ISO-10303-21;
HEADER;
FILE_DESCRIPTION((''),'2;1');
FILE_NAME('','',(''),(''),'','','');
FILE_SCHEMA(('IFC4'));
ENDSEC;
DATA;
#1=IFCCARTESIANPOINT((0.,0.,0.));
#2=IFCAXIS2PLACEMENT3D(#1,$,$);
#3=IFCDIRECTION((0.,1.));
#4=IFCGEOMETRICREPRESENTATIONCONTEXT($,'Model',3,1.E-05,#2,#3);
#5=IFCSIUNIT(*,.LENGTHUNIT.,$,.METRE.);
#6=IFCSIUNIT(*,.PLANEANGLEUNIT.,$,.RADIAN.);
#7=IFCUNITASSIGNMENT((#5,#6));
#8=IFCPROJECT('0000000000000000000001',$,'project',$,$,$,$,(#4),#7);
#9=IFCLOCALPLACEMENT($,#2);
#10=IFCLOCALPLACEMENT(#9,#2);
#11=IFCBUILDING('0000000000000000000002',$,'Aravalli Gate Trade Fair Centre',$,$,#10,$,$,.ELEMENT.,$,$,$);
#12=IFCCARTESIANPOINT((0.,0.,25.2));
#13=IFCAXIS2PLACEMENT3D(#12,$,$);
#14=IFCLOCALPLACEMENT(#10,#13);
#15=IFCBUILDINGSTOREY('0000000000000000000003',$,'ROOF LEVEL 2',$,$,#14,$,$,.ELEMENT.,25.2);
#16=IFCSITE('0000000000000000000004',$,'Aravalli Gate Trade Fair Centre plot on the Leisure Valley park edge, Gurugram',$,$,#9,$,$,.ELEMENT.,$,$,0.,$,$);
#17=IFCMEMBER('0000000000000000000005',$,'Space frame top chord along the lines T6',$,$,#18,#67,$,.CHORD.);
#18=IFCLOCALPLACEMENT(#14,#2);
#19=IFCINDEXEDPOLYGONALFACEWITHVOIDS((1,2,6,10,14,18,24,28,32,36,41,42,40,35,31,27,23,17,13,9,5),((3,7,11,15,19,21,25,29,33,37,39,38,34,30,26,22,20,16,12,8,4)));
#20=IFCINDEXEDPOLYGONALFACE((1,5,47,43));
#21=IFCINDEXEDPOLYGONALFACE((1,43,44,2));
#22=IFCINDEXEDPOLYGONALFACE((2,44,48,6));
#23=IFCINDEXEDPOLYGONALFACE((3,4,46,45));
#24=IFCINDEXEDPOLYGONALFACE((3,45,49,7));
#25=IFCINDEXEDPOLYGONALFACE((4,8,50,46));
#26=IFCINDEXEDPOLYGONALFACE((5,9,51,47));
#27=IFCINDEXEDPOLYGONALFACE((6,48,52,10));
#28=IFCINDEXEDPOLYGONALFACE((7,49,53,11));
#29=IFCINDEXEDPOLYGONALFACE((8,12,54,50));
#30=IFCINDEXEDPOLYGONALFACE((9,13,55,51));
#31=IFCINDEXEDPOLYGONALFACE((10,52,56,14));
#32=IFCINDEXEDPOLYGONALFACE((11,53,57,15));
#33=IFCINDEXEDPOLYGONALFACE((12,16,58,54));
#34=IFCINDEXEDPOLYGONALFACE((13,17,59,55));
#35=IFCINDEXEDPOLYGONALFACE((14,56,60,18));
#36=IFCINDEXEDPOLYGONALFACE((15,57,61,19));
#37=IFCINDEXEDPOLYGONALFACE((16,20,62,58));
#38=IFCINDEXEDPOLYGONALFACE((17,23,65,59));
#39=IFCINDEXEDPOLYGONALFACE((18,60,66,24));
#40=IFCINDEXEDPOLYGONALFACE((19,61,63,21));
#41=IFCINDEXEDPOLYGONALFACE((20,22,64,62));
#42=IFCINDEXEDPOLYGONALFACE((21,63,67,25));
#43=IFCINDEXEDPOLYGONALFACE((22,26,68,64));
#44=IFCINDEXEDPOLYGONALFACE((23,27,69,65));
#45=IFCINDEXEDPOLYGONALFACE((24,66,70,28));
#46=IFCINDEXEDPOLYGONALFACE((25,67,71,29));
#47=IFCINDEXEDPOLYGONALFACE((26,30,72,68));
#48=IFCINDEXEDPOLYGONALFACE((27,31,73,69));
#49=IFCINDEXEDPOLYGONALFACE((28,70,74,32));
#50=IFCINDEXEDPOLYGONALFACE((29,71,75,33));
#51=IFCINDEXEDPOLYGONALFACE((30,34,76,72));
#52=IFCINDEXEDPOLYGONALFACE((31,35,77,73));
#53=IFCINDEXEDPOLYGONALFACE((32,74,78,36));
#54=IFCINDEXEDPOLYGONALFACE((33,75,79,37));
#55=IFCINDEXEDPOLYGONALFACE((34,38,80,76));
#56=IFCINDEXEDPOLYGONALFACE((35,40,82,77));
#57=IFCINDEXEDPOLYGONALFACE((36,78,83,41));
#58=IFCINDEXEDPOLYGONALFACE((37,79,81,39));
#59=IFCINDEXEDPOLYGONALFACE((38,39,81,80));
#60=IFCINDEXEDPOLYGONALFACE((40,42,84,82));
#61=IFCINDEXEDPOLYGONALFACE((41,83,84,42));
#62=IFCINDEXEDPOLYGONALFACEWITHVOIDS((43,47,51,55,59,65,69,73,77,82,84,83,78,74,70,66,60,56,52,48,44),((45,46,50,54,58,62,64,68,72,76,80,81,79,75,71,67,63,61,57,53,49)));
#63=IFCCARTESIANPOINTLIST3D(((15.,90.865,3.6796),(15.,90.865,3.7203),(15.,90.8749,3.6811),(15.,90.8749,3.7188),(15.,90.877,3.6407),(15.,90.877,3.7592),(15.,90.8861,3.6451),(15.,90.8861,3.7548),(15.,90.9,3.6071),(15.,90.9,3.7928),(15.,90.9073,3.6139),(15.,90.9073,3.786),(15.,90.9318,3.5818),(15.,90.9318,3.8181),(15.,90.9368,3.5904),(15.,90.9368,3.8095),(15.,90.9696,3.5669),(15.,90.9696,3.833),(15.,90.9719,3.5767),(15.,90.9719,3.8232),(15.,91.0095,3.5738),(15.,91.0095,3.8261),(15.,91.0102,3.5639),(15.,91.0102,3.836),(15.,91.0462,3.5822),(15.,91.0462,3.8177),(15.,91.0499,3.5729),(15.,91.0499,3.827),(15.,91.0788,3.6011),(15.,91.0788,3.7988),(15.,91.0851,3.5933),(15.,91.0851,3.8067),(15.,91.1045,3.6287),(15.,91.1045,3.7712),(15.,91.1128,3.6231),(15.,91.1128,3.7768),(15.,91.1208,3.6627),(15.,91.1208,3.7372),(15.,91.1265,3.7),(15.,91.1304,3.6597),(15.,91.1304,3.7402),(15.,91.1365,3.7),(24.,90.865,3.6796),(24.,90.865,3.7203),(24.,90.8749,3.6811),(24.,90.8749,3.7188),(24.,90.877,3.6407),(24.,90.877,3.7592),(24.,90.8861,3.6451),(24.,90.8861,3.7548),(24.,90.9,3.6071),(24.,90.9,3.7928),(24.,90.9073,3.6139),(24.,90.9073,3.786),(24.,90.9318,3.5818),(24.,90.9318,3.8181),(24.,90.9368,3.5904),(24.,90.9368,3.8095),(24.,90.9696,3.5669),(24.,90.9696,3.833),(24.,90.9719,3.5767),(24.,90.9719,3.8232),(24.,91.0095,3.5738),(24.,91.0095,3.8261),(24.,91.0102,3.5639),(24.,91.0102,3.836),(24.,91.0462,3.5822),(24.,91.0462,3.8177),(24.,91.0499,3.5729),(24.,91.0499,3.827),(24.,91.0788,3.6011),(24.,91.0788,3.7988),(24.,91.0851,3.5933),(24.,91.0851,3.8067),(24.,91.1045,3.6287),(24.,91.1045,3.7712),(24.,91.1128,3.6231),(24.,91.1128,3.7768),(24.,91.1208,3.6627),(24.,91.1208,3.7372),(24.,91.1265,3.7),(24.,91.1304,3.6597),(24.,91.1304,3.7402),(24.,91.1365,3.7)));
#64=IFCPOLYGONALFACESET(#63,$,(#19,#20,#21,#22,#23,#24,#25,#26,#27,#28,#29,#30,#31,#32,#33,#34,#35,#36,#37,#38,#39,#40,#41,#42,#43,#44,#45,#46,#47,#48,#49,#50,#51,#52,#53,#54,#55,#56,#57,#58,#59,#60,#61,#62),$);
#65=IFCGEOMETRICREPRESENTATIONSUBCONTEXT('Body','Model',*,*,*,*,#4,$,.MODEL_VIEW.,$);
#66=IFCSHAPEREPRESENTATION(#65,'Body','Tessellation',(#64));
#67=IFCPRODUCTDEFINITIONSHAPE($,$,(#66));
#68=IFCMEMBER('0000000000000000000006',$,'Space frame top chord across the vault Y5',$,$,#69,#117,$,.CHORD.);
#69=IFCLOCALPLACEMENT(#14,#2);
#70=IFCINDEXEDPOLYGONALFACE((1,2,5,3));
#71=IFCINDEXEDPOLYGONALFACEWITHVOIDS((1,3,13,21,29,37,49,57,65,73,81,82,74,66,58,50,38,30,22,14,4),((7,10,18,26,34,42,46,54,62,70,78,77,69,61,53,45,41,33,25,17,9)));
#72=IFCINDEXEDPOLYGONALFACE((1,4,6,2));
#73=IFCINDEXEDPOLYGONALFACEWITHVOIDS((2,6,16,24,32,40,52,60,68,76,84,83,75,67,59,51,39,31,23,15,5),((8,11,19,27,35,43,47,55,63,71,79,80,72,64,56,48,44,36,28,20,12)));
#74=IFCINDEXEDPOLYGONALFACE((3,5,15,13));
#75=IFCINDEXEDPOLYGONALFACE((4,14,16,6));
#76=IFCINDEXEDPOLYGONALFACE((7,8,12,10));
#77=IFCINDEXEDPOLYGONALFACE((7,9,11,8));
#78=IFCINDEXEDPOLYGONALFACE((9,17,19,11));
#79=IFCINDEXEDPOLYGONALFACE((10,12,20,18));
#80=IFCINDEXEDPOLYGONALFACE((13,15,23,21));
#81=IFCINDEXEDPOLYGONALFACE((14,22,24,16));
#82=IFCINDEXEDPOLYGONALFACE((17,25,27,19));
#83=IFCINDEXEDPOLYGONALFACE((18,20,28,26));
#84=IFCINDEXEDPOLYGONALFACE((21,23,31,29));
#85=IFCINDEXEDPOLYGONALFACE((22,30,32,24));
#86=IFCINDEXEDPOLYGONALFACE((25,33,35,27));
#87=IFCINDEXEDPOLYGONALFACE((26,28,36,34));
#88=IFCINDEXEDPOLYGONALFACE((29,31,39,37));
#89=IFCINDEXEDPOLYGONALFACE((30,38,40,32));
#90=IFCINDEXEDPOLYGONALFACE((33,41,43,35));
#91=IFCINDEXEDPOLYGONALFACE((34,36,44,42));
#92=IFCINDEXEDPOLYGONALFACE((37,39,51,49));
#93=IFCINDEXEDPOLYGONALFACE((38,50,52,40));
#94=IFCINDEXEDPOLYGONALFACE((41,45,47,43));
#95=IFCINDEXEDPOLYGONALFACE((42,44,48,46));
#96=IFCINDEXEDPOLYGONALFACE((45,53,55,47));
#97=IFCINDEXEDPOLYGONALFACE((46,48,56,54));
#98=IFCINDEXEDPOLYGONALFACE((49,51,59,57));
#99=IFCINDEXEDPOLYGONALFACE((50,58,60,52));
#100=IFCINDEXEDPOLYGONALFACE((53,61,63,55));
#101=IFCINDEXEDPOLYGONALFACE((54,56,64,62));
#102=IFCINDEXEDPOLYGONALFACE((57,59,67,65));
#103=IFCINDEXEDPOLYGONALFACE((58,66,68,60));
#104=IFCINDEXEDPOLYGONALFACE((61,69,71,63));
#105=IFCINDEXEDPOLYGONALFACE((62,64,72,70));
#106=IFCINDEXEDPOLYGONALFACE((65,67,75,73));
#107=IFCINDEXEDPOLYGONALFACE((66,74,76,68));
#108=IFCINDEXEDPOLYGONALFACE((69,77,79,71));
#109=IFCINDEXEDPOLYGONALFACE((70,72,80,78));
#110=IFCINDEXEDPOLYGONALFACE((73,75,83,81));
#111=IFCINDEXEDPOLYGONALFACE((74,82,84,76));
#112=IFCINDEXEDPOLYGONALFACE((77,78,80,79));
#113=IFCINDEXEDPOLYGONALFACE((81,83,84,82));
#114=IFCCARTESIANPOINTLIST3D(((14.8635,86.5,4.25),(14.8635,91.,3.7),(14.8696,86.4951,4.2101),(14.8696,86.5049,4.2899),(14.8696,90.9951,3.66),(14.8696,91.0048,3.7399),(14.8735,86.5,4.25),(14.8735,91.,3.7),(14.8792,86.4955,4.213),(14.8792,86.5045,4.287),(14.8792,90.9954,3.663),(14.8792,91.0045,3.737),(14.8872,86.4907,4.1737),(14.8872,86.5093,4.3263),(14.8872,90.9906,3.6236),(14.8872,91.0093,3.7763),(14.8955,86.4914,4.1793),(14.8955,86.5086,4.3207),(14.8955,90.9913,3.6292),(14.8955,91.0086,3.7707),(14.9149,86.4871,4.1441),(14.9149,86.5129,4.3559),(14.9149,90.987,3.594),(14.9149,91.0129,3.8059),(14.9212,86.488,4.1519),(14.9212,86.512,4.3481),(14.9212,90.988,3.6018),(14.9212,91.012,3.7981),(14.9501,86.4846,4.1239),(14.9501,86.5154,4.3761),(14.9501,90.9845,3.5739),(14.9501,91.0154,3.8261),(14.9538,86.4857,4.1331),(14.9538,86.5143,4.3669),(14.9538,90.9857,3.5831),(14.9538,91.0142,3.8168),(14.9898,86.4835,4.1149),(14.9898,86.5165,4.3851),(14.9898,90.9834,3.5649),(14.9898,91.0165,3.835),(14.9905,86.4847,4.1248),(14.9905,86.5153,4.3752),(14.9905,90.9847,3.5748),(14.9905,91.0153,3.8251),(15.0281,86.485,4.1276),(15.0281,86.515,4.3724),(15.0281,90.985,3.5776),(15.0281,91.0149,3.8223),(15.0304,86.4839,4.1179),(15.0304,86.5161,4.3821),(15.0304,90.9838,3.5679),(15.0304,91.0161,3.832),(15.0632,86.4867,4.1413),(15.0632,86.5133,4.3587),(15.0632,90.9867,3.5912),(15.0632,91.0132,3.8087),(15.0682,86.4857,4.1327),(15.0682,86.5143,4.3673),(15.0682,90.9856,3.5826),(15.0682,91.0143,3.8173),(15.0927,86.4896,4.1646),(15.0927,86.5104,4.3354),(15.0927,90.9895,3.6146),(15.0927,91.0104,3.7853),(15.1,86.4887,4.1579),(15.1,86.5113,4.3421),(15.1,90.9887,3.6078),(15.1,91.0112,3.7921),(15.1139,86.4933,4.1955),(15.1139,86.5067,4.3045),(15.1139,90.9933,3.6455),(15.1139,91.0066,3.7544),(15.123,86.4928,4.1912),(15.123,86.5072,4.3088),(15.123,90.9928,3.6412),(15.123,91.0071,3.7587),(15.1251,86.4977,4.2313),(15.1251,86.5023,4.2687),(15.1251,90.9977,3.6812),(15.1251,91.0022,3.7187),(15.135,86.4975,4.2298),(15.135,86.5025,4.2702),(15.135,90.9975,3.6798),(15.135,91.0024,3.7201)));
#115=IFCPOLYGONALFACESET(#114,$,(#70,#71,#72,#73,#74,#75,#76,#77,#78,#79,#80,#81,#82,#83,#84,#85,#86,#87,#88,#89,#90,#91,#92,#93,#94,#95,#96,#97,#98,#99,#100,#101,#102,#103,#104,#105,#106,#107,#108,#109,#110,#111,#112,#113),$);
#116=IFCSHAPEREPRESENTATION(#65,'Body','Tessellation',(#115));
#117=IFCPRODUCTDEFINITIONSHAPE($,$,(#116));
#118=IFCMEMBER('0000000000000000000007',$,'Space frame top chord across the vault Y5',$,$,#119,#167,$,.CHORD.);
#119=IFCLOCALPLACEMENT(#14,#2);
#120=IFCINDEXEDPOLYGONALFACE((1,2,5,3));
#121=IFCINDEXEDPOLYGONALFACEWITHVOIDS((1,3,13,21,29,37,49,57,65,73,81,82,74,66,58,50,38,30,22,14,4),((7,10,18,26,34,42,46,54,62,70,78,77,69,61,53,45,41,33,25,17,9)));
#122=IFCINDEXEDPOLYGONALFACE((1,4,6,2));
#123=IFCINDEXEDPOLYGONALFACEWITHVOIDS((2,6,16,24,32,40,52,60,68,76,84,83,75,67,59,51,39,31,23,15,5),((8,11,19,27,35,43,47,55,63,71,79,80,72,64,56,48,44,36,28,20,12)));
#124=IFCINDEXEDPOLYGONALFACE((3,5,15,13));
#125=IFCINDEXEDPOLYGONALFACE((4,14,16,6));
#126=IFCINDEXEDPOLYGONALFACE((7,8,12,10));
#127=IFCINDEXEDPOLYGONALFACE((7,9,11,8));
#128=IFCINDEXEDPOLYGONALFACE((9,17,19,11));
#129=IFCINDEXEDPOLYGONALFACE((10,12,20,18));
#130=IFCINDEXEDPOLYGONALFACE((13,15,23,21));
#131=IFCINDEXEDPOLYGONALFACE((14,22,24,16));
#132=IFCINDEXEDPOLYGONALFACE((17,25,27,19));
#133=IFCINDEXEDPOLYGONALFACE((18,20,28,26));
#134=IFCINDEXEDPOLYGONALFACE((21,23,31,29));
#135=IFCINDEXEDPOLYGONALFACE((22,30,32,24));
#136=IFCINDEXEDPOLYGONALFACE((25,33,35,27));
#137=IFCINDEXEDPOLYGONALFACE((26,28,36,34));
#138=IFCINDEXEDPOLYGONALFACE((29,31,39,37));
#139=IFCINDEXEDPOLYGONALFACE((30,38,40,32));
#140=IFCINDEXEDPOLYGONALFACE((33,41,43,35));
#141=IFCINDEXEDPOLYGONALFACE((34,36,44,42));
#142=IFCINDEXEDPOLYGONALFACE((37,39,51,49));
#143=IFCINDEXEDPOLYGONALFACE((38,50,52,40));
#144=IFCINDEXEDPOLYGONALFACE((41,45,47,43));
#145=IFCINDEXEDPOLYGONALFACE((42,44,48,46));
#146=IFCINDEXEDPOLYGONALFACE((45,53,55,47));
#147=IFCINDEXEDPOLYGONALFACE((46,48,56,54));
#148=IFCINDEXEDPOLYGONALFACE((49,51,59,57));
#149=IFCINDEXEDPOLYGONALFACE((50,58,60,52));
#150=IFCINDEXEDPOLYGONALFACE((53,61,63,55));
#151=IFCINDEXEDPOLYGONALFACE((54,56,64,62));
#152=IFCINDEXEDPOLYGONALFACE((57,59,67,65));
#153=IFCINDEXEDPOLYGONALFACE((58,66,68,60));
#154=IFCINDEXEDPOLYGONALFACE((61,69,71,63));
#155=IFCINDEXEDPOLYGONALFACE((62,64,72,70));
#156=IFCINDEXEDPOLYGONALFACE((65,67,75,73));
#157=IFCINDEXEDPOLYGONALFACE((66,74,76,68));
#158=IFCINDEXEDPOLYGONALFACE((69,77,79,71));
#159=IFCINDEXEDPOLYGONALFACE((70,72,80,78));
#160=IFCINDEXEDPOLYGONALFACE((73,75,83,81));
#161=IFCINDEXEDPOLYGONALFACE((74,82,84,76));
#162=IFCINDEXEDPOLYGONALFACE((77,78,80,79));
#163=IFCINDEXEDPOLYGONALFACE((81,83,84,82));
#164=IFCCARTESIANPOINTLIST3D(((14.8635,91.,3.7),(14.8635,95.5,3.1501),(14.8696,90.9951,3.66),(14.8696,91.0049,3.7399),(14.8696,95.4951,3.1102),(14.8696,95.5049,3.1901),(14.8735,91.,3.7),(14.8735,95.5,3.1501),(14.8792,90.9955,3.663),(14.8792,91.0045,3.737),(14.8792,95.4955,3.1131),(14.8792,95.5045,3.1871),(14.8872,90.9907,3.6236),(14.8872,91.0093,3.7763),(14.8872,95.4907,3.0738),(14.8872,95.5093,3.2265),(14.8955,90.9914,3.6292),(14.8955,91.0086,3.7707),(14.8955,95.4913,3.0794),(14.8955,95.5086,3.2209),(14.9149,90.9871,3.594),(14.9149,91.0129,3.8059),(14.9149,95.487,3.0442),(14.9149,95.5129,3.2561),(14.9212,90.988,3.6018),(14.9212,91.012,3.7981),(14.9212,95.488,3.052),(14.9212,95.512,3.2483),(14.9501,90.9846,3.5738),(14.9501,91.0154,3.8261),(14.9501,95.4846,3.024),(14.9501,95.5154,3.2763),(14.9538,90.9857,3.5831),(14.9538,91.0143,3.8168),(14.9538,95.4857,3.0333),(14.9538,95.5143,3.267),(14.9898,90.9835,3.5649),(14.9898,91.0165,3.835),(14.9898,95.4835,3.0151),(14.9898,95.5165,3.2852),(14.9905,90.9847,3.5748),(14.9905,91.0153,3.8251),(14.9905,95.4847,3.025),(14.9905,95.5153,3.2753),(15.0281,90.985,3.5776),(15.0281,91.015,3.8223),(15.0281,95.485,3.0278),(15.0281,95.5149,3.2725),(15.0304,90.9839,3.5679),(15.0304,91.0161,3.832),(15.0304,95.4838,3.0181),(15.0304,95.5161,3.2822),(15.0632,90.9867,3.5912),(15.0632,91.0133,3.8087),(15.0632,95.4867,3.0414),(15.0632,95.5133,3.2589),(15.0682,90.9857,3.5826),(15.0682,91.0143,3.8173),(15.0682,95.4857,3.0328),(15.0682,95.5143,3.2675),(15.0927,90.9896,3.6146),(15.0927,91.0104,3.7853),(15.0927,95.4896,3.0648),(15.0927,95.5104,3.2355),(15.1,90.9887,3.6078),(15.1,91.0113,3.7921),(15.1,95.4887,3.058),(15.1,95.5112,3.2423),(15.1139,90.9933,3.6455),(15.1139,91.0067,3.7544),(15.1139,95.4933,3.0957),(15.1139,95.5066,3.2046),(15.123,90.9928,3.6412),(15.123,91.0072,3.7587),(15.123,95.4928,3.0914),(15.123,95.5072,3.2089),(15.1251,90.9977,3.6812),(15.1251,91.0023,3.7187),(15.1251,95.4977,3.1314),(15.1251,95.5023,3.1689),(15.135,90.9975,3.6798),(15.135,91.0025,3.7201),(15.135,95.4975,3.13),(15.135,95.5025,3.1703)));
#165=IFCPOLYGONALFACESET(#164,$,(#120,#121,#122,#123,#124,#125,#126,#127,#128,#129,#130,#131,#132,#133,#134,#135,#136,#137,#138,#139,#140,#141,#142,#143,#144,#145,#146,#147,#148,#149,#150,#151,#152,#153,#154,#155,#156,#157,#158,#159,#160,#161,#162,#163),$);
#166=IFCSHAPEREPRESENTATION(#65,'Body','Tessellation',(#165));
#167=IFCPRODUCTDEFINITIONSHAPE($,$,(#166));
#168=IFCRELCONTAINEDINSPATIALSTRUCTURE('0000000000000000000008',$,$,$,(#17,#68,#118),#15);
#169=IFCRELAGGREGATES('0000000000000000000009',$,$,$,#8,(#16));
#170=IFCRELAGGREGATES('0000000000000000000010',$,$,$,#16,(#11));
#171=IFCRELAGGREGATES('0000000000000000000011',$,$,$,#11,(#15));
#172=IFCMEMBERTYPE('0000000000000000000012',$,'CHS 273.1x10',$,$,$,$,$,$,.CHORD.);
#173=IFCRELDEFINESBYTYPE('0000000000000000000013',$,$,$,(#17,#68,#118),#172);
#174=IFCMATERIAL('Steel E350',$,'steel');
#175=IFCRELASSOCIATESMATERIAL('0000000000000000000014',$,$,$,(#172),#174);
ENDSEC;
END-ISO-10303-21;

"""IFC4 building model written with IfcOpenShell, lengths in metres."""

from ifc_helpers import new_model, si_unit, direction, frame, origin, origin_2d, place, context, subcontext, project, spatial, hollow_circle, extrude, material, material_profile, profile_set, type_object, element, save


model = new_model("IFC4")

# Units and contexts
model_context = context("Model", 3, precision=1e-05, world=origin(), true_north=direction((0.0, 1.0)))
body_context = subcontext(model_context, "Body", "Model", "MODEL_VIEW")
ifc_project = project(units=[si_unit("LENGTHUNIT", "METRE"), si_unit("PLANEANGLEUNIT", "RADIAN")], contexts=[model_context])

# Site, building, storey
site_placement = place(None, origin())
site = spatial("IfcSite", under=ifc_project, at=site_placement, Name="Aravalli Gate Trade Fair Centre plot on the Leisure Valley park edge, Gurugram", CompositionType="ELEMENT", RefElevation=0.0)
building_placement = place(site_placement, origin())
building = spatial("IfcBuilding", under=site, at=building_placement, Name="Aravalli Gate Trade Fair Centre", CompositionType="ELEMENT")
storey_placement = place(building_placement, frame((0.0, 0.0, 25.2)))
storey = spatial("IfcBuildingStorey", under=building, at=storey_placement, Name="ROOF LEVEL 2", CompositionType="ELEMENT", Elevation=25.2)

# Members
ifc_material_1 = material(Name="Steel E350", Category="steel")
ifc_material_profile_1 = material_profile(ifc_material_1, hollow_circle(Radius=0.1365, WallThickness=0.01, at=origin_2d()), Name="CHS 273.1x10")
ifc_profile_set_1 = profile_set([ifc_material_profile_1], Name="Steel E350")
member_type_1 = type_object("IfcMemberType", Name="CHS 273.1x10", PredefinedType="CHORD", material=ifc_profile_set_1)
for number, where, z_axis, x_axis, name in (
    (1, (15.0, 91.0, 3.7), (1.0, 0.0, 0.0), (0.0, 1.0, 0.0), "Space frame top chord along the lines T6"),
):
    element("IfcMember", number, at=place(storey_placement, frame(where, z_axis=z_axis, x_axis=x_axis)), inside=storey, type_object=member_type_1, Name=name, PredefinedType="CHORD", context=body_context, shape_type="SweptSolid", body=[
        extrude(hollow_circle(Radius=0.1365, WallThickness=0.01, at=origin_2d()), origin(), (0.0, 0.0, 1.0), 9.0),
    ])
for number, where, z_axis, x_axis, name in (
    (2, (15.0, 86.5, 4.25), (0.0, 0.992612, -0.12133), (-1.0, 0.0, 0.0), "Space frame top chord across the vault Y5"),
    (3, (15.0, 91.0, 3.7), (0.0, 0.992619, -0.121277), (-1.0, 0.0, 0.0), "Space frame top chord across the vault Y5"),
):
    element("IfcMember", number, at=place(storey_placement, frame(where, z_axis=z_axis, x_axis=x_axis)), inside=storey, type_object=member_type_1, Name=name, PredefinedType="CHORD", context=body_context, shape_type="SweptSolid", body=[
        extrude(hollow_circle(Radius=0.1365, WallThickness=0.01, at=origin_2d()), origin(), (0.0, 0.0, 1.0), 4.5334),
    ])

save(model, "model.ifc")
